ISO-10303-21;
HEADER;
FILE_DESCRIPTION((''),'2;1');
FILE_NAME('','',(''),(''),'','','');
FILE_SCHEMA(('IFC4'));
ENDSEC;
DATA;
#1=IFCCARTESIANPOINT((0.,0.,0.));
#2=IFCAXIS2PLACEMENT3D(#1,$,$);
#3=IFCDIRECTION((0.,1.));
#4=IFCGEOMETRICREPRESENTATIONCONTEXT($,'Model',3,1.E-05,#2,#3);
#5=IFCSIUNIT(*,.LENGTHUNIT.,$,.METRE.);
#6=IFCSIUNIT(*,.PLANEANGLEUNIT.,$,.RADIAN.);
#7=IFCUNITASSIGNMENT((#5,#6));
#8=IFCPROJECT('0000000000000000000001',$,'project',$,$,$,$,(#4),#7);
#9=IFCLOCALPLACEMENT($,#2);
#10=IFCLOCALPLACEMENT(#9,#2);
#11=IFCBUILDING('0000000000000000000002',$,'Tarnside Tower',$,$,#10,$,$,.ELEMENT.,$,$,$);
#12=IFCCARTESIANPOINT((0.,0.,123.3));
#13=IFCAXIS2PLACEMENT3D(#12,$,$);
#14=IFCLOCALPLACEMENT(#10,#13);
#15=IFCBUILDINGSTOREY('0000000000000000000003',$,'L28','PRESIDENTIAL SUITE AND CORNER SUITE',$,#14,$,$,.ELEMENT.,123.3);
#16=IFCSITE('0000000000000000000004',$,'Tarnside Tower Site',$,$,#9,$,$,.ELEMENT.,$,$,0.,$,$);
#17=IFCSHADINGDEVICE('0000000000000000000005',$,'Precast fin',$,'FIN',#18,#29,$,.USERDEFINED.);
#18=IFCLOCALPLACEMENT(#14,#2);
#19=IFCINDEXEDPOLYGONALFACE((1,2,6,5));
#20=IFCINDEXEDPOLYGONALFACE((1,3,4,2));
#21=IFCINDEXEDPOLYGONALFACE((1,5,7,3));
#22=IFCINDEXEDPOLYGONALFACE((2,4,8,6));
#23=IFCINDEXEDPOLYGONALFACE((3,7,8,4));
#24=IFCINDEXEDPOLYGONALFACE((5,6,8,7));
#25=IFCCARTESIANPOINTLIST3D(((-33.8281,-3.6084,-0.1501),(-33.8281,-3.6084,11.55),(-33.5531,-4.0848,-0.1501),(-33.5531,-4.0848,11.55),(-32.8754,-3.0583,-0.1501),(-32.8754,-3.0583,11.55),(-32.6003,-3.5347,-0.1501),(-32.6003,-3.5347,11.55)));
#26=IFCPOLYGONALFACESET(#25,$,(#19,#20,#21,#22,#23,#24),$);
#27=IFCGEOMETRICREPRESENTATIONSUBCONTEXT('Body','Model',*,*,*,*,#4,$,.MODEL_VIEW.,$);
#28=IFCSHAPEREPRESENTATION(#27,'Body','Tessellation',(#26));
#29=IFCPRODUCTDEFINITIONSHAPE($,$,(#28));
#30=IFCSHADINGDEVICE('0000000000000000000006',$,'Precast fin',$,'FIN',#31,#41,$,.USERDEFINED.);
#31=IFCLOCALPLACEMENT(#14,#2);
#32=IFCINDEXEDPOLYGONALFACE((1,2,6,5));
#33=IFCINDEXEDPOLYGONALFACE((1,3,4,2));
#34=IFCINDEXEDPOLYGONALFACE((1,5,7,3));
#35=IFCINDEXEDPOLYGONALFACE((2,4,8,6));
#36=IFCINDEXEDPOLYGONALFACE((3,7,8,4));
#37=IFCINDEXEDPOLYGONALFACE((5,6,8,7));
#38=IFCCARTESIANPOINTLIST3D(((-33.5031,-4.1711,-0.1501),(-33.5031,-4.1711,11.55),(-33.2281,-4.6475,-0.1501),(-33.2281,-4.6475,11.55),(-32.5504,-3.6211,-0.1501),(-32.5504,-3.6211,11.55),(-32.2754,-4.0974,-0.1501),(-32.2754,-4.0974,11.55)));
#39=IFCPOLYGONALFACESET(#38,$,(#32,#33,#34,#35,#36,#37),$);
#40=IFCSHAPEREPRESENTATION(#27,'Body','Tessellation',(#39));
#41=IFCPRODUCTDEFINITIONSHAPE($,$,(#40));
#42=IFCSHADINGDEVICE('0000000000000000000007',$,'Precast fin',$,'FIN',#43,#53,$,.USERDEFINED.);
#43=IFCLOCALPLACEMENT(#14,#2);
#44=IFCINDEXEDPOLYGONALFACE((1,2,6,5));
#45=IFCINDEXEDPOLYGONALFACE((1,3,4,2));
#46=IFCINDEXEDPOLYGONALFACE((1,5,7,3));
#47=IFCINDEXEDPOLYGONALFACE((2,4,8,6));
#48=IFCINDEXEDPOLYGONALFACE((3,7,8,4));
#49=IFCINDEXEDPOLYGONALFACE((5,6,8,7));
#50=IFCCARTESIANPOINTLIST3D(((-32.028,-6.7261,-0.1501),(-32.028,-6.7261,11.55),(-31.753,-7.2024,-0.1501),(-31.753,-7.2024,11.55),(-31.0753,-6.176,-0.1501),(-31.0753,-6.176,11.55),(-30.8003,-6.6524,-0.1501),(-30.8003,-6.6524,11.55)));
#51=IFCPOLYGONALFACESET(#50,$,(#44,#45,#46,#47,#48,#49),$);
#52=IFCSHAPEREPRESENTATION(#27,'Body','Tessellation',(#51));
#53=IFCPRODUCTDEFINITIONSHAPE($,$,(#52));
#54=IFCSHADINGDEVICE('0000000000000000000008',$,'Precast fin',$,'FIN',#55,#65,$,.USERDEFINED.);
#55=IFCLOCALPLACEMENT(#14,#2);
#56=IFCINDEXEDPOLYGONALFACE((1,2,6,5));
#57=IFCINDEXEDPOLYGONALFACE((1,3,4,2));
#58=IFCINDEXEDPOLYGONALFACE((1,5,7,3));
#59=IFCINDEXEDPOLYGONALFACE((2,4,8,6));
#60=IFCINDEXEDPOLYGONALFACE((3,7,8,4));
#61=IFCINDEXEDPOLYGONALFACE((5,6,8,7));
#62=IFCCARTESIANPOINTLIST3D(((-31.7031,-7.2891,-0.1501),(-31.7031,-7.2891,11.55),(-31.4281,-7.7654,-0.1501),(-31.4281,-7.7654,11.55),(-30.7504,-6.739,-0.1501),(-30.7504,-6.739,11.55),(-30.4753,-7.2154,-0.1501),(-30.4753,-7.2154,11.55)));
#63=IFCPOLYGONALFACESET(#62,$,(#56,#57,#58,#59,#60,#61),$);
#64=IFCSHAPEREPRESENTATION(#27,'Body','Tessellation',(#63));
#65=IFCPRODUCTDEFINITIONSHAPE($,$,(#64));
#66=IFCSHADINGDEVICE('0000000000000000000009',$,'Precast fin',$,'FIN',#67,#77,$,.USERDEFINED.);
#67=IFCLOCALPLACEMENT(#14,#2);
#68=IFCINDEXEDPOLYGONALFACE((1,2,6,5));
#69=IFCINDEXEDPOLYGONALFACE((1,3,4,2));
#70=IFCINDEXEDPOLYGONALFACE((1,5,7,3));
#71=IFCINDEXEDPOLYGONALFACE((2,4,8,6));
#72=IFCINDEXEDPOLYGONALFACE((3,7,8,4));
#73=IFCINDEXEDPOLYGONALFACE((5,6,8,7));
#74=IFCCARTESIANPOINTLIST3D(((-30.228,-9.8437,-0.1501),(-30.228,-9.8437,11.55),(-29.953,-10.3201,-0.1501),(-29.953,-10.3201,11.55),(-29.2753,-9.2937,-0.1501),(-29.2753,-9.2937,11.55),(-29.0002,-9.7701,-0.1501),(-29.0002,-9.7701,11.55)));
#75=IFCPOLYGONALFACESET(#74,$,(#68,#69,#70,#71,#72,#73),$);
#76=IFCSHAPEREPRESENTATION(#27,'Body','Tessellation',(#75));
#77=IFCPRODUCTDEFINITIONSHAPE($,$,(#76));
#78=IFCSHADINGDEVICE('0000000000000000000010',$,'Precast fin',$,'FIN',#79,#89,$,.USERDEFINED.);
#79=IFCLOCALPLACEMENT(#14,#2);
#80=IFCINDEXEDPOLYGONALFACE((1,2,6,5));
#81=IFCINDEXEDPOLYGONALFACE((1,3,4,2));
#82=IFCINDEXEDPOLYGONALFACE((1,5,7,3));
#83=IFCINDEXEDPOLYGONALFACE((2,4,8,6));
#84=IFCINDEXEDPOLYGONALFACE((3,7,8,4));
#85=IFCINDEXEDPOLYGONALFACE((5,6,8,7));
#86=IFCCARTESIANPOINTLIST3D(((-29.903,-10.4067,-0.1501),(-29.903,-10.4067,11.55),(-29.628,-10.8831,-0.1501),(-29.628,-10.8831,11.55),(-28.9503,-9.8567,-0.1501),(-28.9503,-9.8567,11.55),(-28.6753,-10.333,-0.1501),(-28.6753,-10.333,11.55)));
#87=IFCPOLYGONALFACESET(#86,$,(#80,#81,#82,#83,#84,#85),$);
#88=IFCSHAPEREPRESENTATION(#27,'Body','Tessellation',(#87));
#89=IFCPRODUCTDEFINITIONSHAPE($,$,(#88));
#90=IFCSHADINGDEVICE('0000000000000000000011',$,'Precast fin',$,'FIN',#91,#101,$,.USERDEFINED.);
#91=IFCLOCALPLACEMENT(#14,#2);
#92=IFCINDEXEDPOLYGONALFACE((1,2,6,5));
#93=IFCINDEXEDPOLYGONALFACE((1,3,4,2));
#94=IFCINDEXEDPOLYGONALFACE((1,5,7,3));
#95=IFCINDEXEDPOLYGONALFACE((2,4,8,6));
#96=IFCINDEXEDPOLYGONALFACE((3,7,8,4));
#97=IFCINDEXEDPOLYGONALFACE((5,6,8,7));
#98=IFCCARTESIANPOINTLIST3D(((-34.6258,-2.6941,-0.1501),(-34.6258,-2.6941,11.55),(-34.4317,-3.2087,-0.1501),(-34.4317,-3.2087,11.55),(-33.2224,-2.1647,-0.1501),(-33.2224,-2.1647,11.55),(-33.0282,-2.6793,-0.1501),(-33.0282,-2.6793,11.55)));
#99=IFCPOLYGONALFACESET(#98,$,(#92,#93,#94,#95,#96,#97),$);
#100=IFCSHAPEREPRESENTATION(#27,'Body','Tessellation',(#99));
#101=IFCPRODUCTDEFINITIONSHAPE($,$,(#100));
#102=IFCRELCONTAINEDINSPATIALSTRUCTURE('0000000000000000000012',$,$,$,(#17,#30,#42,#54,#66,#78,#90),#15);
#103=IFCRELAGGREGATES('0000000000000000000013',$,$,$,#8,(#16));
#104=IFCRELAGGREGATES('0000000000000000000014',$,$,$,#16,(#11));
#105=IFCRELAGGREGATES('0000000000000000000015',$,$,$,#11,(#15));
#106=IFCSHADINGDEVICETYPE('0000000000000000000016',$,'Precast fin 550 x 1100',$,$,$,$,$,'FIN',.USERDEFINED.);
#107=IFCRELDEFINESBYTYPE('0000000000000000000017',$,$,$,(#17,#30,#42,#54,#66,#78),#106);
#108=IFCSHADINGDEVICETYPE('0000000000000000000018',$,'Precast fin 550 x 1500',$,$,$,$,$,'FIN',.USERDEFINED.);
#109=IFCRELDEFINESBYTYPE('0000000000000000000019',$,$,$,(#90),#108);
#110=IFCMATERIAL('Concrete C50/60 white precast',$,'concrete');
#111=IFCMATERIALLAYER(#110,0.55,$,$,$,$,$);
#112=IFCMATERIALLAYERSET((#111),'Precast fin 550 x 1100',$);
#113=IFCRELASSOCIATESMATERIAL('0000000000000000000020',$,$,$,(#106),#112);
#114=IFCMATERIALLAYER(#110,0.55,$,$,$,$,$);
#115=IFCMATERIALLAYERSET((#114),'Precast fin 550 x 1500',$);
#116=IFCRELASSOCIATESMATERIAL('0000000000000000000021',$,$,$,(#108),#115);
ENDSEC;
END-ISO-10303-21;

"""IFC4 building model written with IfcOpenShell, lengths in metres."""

from ifc_helpers import new_model, si_unit, direction, frame, origin, place, context, subcontext, project, spatial, polyline, outline, extrude, material, layer, layer_set, type_object, element, save


model = new_model("IFC4")

# Units and contexts
model_context = context("Model", 3, precision=1e-05, world=origin(), true_north=direction((0.0, 1.0)))
body_context = subcontext(model_context, "Body", "Model", "MODEL_VIEW")
ifc_project = project(units=[si_unit("LENGTHUNIT", "METRE"), si_unit("PLANEANGLEUNIT", "RADIAN")], contexts=[model_context])

# Site, building, storey
site_placement = place(None, origin())
site = spatial("IfcSite", under=ifc_project, at=site_placement, Name="Tarnside Tower Site", CompositionType="ELEMENT", RefElevation=0.0)
building_placement = place(site_placement, origin())
building = spatial("IfcBuilding", under=site, at=building_placement, Name="Tarnside Tower", CompositionType="ELEMENT")
storey_placement = place(building_placement, frame((0.0, 0.0, 123.3)))
storey = spatial("IfcBuildingStorey", under=building, at=storey_placement, Name="L28", Description="PRESIDENTIAL SUITE AND CORNER SUITE", CompositionType="ELEMENT", Elevation=123.3)

# Shading devices
ifc_material_1 = material(Name="Concrete C50/60 white precast", Category="concrete")
ifc_layer_1 = layer(ifc_material_1, 0.55)
ifc_layer_set_1 = layer_set([ifc_layer_1], Name="Precast fin 550 x 1100")
shading_device_type_1 = type_object("IfcShadingDeviceType", Name="Precast fin 550 x 1100", ElementType="FIN", PredefinedType="USERDEFINED", material=ifc_layer_set_1)
for number, where, z_axis, x_axis, name in (
    (1, (-32.7378, -3.2966, -0.1501), (-0.5, 0.866025, 0.0), (-0.866025, -0.5, 0.0), "Precast fin"),
    (2, (-32.4128, -3.8594, -0.1501), (-0.5, 0.866025, 0.0), (-0.866025, -0.5, 0.0), "Precast fin"),
    (3, (-30.9377, -6.4143, -0.1501), (-0.5, 0.866025, 0.0), (-0.866025, -0.5, 0.0), "Precast fin"),
    (4, (-30.6128, -6.9773, -0.1501), (-0.5, 0.866025, 0.0), (-0.866025, -0.5, 0.0), "Precast fin"),
    (5, (-29.1377, -9.532, -0.1501), (-0.5, 0.866025, 0.0), (-0.866025, -0.5, 0.0), "Precast fin"),
    (6, (-28.8127, -10.095, -0.1501), (-0.5, 0.866025, 0.0), (-0.866025, -0.5, 0.0), "Precast fin"),
):
    element("IfcShadingDevice", number, at=place(storey_placement, frame(where, z_axis=z_axis, x_axis=x_axis)), inside=storey, type_object=shading_device_type_1, Name=name, ObjectType="FIN", PredefinedType="USERDEFINED", context=body_context, shape_type="SweptSolid", body=[
        extrude(outline(polyline([(0.0, 0.0), (1.1001, 0.0), (1.1001, 11.7002), (0.0, 11.7002), (0.0, 0.0)])), frame((0.0, 0.0, -0.2749)), (0.0, 0.0, 1.0), 0.55),
    ])
ifc_layer_2 = layer(ifc_material_1, 0.55)
ifc_layer_set_2 = layer_set([ifc_layer_2], Name="Precast fin 550 x 1500")
shading_device_type_2 = type_object("IfcShadingDeviceType", Name="Precast fin 550 x 1500", ElementType="FIN", PredefinedType="USERDEFINED", material=ifc_layer_set_2)
shading_device_placement = place(storey_placement, frame((-33.1252, -2.4221, -0.1501), z_axis=(-0.352931, 0.93565, 0.0), x_axis=(-0.93565, -0.352931, 0.0)))
element("IfcShadingDevice", 7, at=shading_device_placement, inside=storey, type_object=shading_device_type_2, Name="Precast fin", ObjectType="FIN", PredefinedType="USERDEFINED", context=body_context, shape_type="SweptSolid", body=[
    extrude(outline(polyline([(0.0, 0.0), (1.5, 0.0), (1.5, 11.7002), (0.0, 11.7002), (0.0, 0.0)])), frame((0.0, 0.0, -0.2749)), (0.0, 0.0, 1.0), 0.55),
])

save(model, "model.ifc")
